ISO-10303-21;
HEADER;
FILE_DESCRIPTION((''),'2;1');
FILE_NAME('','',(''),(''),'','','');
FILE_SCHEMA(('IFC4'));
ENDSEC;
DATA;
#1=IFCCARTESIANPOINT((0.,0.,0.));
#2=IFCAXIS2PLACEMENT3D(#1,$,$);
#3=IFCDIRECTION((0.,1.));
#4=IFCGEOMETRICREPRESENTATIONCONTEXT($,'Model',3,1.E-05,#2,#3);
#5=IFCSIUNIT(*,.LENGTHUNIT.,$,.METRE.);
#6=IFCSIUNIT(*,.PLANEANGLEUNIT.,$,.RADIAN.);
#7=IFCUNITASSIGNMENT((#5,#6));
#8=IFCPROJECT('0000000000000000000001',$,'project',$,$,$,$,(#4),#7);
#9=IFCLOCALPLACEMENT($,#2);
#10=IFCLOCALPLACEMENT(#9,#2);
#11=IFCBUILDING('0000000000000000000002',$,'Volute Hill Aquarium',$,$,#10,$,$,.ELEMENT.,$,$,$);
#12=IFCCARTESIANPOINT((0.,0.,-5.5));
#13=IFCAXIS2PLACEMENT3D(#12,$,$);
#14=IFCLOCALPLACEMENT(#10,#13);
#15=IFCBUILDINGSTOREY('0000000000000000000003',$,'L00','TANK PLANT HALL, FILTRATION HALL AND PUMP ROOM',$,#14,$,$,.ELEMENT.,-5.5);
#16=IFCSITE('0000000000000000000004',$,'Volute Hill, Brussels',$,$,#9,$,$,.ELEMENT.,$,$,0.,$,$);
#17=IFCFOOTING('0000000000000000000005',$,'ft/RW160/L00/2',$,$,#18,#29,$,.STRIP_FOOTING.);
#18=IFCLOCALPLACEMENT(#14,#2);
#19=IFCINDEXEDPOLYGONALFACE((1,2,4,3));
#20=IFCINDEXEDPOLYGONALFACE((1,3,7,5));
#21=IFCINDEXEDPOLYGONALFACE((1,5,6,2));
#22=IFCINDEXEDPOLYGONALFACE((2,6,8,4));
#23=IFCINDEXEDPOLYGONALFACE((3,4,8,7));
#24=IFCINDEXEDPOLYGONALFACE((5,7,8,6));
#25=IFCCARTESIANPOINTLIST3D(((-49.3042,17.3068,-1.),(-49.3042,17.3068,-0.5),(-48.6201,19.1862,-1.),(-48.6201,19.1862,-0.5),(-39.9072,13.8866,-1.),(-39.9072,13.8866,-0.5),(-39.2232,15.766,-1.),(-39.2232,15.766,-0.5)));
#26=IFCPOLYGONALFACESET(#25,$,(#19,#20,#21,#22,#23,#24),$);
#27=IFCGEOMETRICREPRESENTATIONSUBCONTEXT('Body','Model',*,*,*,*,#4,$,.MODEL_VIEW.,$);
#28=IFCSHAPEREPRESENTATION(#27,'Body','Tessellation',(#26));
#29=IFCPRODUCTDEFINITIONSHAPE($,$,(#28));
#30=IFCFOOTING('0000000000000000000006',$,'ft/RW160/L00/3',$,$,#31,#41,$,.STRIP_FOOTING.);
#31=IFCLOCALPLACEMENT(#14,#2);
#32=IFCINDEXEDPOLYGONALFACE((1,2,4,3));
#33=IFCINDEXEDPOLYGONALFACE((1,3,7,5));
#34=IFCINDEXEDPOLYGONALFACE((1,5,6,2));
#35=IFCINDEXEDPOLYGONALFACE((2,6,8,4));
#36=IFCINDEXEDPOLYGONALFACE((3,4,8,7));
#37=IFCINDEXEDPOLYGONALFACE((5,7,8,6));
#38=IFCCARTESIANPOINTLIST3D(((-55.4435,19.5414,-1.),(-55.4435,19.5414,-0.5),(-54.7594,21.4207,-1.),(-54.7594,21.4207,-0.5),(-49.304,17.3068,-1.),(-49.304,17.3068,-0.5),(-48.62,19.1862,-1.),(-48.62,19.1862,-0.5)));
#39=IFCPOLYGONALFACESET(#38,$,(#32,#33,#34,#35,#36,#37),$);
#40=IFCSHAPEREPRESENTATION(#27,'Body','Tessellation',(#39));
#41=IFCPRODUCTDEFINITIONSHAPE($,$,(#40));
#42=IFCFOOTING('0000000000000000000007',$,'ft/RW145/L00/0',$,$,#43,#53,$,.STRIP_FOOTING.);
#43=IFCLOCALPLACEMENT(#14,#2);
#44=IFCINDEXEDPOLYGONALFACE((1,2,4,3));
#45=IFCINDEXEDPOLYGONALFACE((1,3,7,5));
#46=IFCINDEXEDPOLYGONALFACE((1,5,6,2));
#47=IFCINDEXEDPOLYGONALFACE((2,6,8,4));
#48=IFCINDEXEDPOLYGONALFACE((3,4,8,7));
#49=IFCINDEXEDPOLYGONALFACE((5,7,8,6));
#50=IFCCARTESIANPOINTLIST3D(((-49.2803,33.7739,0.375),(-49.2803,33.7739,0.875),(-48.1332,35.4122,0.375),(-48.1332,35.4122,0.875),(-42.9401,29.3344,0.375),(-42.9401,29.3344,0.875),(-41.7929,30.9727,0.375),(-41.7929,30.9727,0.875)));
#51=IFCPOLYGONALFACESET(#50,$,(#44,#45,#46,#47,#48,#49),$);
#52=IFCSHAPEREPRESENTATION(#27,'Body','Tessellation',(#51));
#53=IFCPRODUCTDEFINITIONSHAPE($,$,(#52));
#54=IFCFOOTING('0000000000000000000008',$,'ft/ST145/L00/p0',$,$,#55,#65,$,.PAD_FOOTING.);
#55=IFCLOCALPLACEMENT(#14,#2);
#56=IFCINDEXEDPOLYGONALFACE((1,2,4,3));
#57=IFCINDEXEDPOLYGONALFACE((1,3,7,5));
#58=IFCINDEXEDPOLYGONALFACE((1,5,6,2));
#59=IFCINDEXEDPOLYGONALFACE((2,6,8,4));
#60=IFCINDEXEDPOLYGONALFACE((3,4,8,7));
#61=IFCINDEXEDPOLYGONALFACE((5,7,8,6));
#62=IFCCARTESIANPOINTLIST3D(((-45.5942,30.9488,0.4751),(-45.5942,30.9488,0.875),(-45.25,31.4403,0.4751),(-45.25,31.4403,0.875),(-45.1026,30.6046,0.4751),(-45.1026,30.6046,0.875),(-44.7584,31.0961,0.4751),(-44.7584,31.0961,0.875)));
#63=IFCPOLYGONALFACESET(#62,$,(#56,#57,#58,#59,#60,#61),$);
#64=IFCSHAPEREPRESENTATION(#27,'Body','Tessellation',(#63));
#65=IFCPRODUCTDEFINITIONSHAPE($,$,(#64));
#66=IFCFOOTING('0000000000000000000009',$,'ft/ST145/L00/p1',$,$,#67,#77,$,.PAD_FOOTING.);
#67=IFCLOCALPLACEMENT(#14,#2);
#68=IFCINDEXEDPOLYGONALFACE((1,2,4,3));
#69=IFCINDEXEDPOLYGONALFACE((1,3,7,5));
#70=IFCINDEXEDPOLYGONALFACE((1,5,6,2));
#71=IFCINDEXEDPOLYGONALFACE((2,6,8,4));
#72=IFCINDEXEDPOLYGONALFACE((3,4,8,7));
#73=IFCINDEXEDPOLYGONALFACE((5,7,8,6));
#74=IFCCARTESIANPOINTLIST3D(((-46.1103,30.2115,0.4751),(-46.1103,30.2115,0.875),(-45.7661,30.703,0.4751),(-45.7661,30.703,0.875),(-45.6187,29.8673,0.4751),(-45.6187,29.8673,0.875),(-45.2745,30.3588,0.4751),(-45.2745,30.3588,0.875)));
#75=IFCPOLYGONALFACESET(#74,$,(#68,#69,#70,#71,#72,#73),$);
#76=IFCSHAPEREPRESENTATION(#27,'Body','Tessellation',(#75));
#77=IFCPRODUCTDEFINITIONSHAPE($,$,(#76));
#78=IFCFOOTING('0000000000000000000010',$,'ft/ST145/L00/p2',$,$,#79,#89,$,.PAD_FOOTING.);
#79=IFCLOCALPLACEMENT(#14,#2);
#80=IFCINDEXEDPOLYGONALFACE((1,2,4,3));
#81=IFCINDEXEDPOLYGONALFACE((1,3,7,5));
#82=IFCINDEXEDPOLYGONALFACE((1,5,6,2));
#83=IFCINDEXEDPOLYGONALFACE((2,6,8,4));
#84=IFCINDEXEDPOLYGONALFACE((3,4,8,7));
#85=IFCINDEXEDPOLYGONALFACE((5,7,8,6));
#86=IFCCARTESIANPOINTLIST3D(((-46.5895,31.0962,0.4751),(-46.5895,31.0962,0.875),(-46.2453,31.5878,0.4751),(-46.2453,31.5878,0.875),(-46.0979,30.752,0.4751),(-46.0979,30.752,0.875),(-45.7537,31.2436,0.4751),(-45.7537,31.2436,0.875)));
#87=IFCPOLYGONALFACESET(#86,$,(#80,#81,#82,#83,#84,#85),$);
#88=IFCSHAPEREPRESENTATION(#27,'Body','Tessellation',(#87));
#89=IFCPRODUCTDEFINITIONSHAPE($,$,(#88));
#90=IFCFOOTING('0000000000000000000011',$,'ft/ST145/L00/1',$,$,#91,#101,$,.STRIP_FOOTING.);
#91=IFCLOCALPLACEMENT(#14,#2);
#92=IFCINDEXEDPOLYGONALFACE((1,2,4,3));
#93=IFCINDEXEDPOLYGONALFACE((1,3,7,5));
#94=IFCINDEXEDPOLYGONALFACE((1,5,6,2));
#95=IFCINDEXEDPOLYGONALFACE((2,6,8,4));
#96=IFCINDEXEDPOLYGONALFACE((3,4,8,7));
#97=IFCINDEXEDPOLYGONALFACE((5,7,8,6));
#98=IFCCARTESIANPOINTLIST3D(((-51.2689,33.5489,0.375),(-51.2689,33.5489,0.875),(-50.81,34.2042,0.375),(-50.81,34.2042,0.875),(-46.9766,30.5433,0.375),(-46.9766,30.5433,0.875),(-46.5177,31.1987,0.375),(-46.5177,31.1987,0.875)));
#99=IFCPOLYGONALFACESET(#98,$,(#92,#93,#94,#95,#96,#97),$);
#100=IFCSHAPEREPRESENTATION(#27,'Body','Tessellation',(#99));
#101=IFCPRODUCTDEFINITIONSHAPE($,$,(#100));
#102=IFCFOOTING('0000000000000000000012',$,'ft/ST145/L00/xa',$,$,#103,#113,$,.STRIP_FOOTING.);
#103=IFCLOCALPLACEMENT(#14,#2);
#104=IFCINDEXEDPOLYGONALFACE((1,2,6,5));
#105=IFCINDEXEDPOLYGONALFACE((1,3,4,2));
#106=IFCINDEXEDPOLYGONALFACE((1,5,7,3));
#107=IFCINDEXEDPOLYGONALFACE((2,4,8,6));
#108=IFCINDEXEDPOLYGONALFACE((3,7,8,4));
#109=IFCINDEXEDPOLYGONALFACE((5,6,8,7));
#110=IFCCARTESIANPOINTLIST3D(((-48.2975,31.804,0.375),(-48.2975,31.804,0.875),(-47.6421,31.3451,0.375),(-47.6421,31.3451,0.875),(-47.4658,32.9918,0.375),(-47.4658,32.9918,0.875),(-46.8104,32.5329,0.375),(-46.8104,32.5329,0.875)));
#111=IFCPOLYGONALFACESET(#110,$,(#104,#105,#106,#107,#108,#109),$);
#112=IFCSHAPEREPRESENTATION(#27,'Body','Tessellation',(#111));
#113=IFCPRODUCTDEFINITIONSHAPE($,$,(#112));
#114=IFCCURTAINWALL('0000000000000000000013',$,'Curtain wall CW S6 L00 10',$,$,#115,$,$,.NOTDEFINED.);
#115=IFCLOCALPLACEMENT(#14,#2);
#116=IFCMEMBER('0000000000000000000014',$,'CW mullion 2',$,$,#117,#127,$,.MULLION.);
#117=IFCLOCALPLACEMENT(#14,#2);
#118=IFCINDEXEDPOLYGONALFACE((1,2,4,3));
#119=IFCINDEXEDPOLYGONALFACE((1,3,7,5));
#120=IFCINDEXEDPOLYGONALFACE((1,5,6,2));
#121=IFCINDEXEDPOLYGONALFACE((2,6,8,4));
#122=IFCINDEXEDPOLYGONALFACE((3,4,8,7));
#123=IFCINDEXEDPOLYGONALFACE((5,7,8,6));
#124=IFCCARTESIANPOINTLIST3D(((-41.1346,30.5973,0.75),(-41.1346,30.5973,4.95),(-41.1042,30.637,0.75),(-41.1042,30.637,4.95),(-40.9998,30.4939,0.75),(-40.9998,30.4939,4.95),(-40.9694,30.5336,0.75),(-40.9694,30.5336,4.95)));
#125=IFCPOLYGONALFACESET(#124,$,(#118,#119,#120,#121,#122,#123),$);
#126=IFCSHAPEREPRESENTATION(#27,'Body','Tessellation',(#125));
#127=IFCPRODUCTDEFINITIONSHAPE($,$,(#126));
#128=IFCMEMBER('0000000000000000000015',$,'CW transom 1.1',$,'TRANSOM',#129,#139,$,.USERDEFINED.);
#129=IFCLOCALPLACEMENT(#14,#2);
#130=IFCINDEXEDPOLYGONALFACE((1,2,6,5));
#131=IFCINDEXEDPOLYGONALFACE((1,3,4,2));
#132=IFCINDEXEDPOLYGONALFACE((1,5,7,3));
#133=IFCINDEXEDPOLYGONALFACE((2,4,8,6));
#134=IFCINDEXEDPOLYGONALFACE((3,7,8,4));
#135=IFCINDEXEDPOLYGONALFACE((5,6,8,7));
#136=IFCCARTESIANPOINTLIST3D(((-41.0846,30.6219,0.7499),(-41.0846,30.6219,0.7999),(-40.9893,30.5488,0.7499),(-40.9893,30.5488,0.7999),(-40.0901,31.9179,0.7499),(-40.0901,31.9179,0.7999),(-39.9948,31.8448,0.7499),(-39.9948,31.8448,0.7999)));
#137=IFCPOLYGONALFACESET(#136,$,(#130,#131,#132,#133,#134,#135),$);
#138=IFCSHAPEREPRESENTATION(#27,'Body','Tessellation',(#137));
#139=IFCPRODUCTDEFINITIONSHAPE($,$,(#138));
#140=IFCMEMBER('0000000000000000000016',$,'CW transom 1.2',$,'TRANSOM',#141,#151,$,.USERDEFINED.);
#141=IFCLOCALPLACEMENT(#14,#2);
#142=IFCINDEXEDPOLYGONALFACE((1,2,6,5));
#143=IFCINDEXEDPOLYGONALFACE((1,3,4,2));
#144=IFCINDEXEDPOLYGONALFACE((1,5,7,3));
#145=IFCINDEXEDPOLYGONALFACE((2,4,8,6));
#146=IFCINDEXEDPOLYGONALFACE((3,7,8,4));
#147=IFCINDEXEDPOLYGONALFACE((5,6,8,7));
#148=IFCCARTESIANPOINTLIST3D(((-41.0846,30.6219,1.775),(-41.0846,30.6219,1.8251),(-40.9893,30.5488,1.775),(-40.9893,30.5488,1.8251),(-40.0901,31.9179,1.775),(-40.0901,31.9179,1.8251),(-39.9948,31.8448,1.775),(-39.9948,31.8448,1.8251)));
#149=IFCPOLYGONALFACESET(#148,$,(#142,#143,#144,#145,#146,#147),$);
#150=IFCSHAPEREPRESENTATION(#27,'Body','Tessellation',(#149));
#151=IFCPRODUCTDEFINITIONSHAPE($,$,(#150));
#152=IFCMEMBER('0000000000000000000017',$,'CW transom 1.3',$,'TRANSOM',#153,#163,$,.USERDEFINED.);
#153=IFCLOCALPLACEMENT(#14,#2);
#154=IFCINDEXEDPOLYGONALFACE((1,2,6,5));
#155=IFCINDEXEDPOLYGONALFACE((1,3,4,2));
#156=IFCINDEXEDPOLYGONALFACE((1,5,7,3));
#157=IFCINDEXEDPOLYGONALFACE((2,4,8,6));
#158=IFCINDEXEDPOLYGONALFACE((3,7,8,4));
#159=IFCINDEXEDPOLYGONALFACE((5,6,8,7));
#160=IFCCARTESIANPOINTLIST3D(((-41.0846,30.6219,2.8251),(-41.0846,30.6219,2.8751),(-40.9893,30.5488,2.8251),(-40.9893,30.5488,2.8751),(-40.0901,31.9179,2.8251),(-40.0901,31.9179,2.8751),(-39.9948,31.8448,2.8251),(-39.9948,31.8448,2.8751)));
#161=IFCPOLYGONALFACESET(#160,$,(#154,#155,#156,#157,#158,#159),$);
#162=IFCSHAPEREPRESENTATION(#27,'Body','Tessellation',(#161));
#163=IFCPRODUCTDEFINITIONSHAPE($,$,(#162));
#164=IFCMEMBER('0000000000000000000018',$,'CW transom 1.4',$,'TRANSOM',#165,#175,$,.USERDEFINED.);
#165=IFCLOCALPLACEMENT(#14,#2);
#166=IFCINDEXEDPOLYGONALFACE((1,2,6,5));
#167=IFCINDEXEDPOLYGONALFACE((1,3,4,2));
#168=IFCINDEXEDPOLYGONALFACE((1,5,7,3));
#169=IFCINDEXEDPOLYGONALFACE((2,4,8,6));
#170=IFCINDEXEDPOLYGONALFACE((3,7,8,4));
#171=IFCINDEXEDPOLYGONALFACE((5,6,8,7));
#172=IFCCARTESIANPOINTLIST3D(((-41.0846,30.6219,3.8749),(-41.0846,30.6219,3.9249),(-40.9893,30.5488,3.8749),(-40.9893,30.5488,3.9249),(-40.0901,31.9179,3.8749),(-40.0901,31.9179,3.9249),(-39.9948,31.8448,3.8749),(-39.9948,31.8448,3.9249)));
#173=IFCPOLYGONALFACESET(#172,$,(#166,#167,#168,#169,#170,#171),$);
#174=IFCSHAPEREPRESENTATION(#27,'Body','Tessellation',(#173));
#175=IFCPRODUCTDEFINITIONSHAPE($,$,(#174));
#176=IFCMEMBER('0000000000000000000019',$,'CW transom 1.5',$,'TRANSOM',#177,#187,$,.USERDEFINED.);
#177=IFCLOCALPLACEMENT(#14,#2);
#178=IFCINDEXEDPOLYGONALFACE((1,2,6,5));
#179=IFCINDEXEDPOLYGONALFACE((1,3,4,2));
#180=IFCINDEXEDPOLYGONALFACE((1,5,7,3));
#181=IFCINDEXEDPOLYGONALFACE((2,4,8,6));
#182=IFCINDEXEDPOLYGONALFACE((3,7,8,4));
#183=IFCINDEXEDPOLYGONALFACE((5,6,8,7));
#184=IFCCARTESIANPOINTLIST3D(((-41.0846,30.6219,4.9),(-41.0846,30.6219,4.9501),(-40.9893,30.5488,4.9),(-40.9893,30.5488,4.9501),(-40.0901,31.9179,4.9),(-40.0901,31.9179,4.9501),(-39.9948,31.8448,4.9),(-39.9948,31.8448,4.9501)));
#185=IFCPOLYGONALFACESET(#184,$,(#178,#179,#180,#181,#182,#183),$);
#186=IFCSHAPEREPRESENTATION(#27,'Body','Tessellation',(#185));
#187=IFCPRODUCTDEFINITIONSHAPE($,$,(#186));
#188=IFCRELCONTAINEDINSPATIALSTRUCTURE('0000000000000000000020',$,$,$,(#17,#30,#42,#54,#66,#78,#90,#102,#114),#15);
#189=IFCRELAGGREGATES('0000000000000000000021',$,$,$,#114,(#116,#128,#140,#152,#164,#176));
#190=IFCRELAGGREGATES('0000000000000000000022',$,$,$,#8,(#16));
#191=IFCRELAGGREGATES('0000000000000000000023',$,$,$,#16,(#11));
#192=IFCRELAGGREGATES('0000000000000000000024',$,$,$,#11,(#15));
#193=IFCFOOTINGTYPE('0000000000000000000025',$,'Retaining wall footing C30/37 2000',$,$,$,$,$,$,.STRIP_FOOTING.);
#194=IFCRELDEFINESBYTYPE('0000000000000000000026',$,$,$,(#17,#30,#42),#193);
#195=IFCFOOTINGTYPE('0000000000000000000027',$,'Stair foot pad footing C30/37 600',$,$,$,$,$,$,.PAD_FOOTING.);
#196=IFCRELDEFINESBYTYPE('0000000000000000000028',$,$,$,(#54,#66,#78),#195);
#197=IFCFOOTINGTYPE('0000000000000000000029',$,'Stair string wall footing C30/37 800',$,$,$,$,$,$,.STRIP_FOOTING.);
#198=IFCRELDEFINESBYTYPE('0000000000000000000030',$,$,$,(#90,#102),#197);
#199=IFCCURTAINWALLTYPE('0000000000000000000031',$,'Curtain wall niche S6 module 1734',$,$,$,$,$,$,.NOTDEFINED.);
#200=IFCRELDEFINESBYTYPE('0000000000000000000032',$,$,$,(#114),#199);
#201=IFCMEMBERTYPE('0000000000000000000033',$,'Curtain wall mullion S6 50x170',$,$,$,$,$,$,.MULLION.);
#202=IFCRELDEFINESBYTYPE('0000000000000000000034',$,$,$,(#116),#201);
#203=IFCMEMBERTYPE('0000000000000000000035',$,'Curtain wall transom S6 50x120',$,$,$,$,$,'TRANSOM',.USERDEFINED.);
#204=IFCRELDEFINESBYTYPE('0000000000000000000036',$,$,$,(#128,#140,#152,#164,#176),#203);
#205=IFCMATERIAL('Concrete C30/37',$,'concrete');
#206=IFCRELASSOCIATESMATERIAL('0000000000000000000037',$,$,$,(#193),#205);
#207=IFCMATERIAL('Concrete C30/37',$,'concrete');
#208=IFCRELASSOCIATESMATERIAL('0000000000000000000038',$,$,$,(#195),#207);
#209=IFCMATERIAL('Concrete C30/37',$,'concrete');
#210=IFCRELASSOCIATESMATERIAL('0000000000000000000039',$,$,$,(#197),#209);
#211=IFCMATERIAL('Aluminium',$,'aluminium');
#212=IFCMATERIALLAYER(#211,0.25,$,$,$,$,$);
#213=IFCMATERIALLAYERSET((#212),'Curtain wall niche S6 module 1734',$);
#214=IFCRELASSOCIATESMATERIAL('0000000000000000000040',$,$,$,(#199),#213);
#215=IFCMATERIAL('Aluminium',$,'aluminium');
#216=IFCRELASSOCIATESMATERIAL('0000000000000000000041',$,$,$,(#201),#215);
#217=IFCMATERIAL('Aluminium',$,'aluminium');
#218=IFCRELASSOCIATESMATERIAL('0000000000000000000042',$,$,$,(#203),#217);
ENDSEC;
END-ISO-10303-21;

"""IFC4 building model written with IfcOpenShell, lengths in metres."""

from ifc_helpers import new_model, si_unit, direction, frame, origin, origin_2d, place, context, subcontext, project, spatial, rectangle, extrude, material, layer, layer_set, material_profile, profile_set, type_object, element, aggregate, save


model = new_model("IFC4")

# Units and contexts
model_context = context("Model", 3, precision=1e-05, world=origin(), true_north=direction((0.0, 1.0)))
body_context = subcontext(model_context, "Body", "Model", "MODEL_VIEW")
ifc_project = project(units=[si_unit("LENGTHUNIT", "METRE"), si_unit("PLANEANGLEUNIT", "RADIAN")], contexts=[model_context])

# Site, building, storey
site_placement = place(None, origin())
site = spatial("IfcSite", under=ifc_project, at=site_placement, Name="Volute Hill, Brussels", CompositionType="ELEMENT", RefElevation=0.0)
building_placement = place(site_placement, origin())
building = spatial("IfcBuilding", under=site, at=building_placement, Name="Volute Hill Aquarium", CompositionType="ELEMENT")
storey_placement = place(building_placement, frame((0.0, 0.0, -5.5)))
storey = spatial("IfcBuildingStorey", under=building, at=storey_placement, Name="L00", Description="TANK PLANT HALL, FILTRATION HALL AND PUMP ROOM", CompositionType="ELEMENT", Elevation=-5.5)

# Footings
ifc_material_1 = material(Name="Concrete C30/37", Category="concrete")
footing_type_1 = type_object("IfcFootingType", Name="Retaining wall footing C30/37 2000", PredefinedType="STRIP_FOOTING", material=ifc_material_1)
footing_1_placement = place(storey_placement, frame((-44.2637, 16.5364, -1.0), z_axis=(0.0, 0.0, 1.0), x_axis=(-0.939693, 0.34202, 0.0)))
element("IfcFooting", 1, at=footing_1_placement, inside=storey, type_object=footing_type_1, Name="ft/RW160/L00/2", PredefinedType="STRIP_FOOTING", context=body_context, shape_type="SweptSolid", body=[
    extrude(rectangle(XDim=10.0, YDim=2.0, at=origin_2d()), origin(), (0.0, 0.0, 1.0), 0.5),
])
footing_2_placement = place(storey_placement, frame((-52.0317, 19.3638, -1.0), z_axis=(0.0, 0.0, 1.0), x_axis=(-0.939693, 0.34202, 0.0)))
element("IfcFooting", 2, at=footing_2_placement, inside=storey, type_object=footing_type_1, Name="ft/RW160/L00/3", PredefinedType="STRIP_FOOTING", context=body_context, shape_type="SweptSolid", body=[
    extrude(rectangle(XDim=6.5334, YDim=2.0, at=origin_2d()), origin(), (0.0, 0.0, 1.0), 0.5),
])
footing_3_placement = place(storey_placement, frame((-45.5366, 32.3733, 0.375), z_axis=(0.0, 0.0, 1.0), x_axis=(-0.819152, 0.573576, 0.0)))
element("IfcFooting", 3, at=footing_3_placement, inside=storey, type_object=footing_type_1, Name="ft/RW145/L00/0", PredefinedType="STRIP_FOOTING", context=body_context, shape_type="SweptSolid", body=[
    extrude(rectangle(XDim=7.74, YDim=2.0, at=origin_2d()), origin(), (0.0, 0.0, 1.0), 0.5),
])
ifc_material_2 = material(Name="Concrete C30/37", Category="concrete")
footing_type_2 = type_object("IfcFootingType", Name="Stair foot pad footing C30/37 600", PredefinedType="PAD_FOOTING", material=ifc_material_2)
for number, where, z_axis, x_axis, name in (
    (4, (-45.1763, 31.0225, 0.4751), (0.0, 0.0, 1.0), (-0.819152, 0.573576, 0.0), "ft/ST145/L00/p0"),
    (5, (-45.6924, 30.2852, 0.4751), (0.0, 0.0, 1.0), (-0.819152, 0.573576, 0.0), "ft/ST145/L00/p1"),
    (6, (-46.1716, 31.1699, 0.4751), (0.0, 0.0, 1.0), (-0.819152, 0.573576, 0.0), "ft/ST145/L00/p2"),
):
    element("IfcFooting", number, at=place(storey_placement, frame(where, z_axis=z_axis, x_axis=x_axis)), inside=storey, type_object=footing_type_2, Name=name, PredefinedType="PAD_FOOTING", context=body_context, shape_type="SweptSolid", body=[
        extrude(rectangle(XDim=0.6001, YDim=0.6001, at=origin_2d()), origin(), (0.0, 0.0, 1.0), 0.3999),
    ])
ifc_material_3 = material(Name="Concrete C30/37", Category="concrete")
footing_type_3 = type_object("IfcFootingType", Name="Stair string wall footing C30/37 800", PredefinedType="STRIP_FOOTING", material=ifc_material_3)
footing_4_placement = place(storey_placement, frame((-48.8933, 32.3738, 0.375), z_axis=(0.0, 0.0, 1.0), x_axis=(-0.819152, 0.573576, 0.0)))
element("IfcFooting", 7, at=footing_4_placement, inside=storey, type_object=footing_type_3, Name="ft/ST145/L00/1", PredefinedType="STRIP_FOOTING", context=body_context, shape_type="SweptSolid", body=[
    extrude(rectangle(XDim=5.24, YDim=0.8, at=origin_2d()), origin(), (0.0, 0.0, 1.0), 0.5),
])
footing_5_placement = place(storey_placement, frame((-47.554, 32.1685, 0.375), z_axis=(0.0, 0.0, 1.0), x_axis=(-0.573576, -0.819152, 0.0)))
element("IfcFooting", 8, at=footing_5_placement, inside=storey, type_object=footing_type_3, Name="ft/ST145/L00/xa", PredefinedType="STRIP_FOOTING", context=body_context, shape_type="SweptSolid", body=[
    extrude(rectangle(XDim=1.45, YDim=0.8, at=origin_2d()), origin(), (0.0, 0.0, 1.0), 0.5),
])

# Curtain wall, members
ifc_material_4 = material(Name="Aluminium", Category="aluminium")
ifc_layer_1 = layer(ifc_material_4, 0.25)
ifc_layer_set_1 = layer_set([ifc_layer_1], Name="Curtain wall niche S6 module 1734")
curtain_wall_type = type_object("IfcCurtainWallType", Name="Curtain wall niche S6 module 1734", PredefinedType="NOTDEFINED", material=ifc_layer_set_1)
curtain_wall_placement = place(storey_placement, origin())
curtain_wall = element("IfcCurtainWall", 9, at=curtain_wall_placement, inside=storey, type_object=curtain_wall_type, Name="Curtain wall CW S6 L00 10", PredefinedType="NOTDEFINED")
ifc_material_5 = material(Name="Aluminium", Category="aluminium")
ifc_material_profile_1 = material_profile(ifc_material_5, rectangle(XDim=0.1699, YDim=0.05, at=origin_2d()), Name="Curtain wall mullion S6 50x170")
ifc_profile_set_1 = profile_set([ifc_material_profile_1], Name="Aluminium")
member_type_1 = type_object("IfcMemberType", Name="Curtain wall mullion S6 50x170", PredefinedType="MULLION", material=ifc_profile_set_1)
member_1_placement = place(storey_placement, frame((-41.052, 30.5654, 0.75), z_axis=(0.0, 0.0, 1.0), x_axis=(0.793349, -0.608767, 0.0)))
member_1 = element("IfcMember", 10, at=member_1_placement, type_object=member_type_1, Name="CW mullion 2", PredefinedType="MULLION", context=body_context, shape_type="SweptSolid", body=[
    extrude(rectangle(XDim=0.1699, YDim=0.05, at=origin_2d()), origin(), (0.0, 0.0, 1.0), 4.2),
])
ifc_material_6 = material(Name="Aluminium", Category="aluminium")
ifc_material_profile_2 = material_profile(ifc_material_6, rectangle(XDim=0.1201, YDim=0.05, at=origin_2d()), Name="Curtain wall transom S6 50x120")
ifc_profile_set_2 = profile_set([ifc_material_profile_2], Name="Aluminium")
member_type_2 = type_object("IfcMemberType", Name="Curtain wall transom S6 50x120", ElementType="TRANSOM", PredefinedType="USERDEFINED", material=ifc_profile_set_2)
member_2_placement = place(storey_placement, frame((-40.0425, 31.8813, 0.7749), z_axis=(-0.608764, -0.793351, 0.0), x_axis=(0.793351, -0.608764, 0.0)))
member_2 = element("IfcMember", 11, at=member_2_placement, type_object=member_type_2, Name="CW transom 1.1", ObjectType="TRANSOM", PredefinedType="USERDEFINED", context=body_context, shape_type="SweptSolid", body=[
    extrude(rectangle(XDim=0.1201, YDim=0.05, at=origin_2d()), origin(), (0.0, 0.0, 1.0), 1.6335),
])
member_3_placement = place(storey_placement, frame((-40.0425, 31.8813, 1.8), z_axis=(-0.608764, -0.793351, 0.0), x_axis=(0.793351, -0.608764, 0.0)))
member_3 = element("IfcMember", 12, at=member_3_placement, type_object=member_type_2, Name="CW transom 1.2", ObjectType="TRANSOM", PredefinedType="USERDEFINED", context=body_context, shape_type="SweptSolid", body=[
    extrude(rectangle(XDim=0.1201, YDim=0.05, at=origin_2d()), origin(), (0.0, 0.0, 1.0), 1.6335),
])
member_4_placement = place(storey_placement, frame((-40.0425, 31.8813, 2.8501), z_axis=(-0.608764, -0.793351, 0.0), x_axis=(0.793351, -0.608764, 0.0)))
member_4 = element("IfcMember", 13, at=member_4_placement, type_object=member_type_2, Name="CW transom 1.3", ObjectType="TRANSOM", PredefinedType="USERDEFINED", context=body_context, shape_type="SweptSolid", body=[
    extrude(rectangle(XDim=0.1201, YDim=0.05, at=origin_2d()), origin(), (0.0, 0.0, 1.0), 1.6335),
])
member_5_placement = place(storey_placement, frame((-40.0425, 31.8813, 3.8999), z_axis=(-0.608764, -0.793351, 0.0), x_axis=(0.793351, -0.608764, 0.0)))
member_5 = element("IfcMember", 14, at=member_5_placement, type_object=member_type_2, Name="CW transom 1.4", ObjectType="TRANSOM", PredefinedType="USERDEFINED", context=body_context, shape_type="SweptSolid", body=[
    extrude(rectangle(XDim=0.1201, YDim=0.05, at=origin_2d()), origin(), (0.0, 0.0, 1.0), 1.6335),
])
member_6_placement = place(storey_placement, frame((-40.0425, 31.8813, 4.925), z_axis=(-0.608764, -0.793351, 0.0), x_axis=(0.793351, -0.608764, 0.0)))
member_6 = element("IfcMember", 15, at=member_6_placement, type_object=member_type_2, Name="CW transom 1.5", ObjectType="TRANSOM", PredefinedType="USERDEFINED", context=body_context, shape_type="SweptSolid", body=[
    extrude(rectangle(XDim=0.1201, YDim=0.05, at=origin_2d()), origin(), (0.0, 0.0, 1.0), 1.6335),
])
aggregate(curtain_wall, [member_1, member_2, member_3, member_4, member_5, member_6])

save(model, "model.ifc")
